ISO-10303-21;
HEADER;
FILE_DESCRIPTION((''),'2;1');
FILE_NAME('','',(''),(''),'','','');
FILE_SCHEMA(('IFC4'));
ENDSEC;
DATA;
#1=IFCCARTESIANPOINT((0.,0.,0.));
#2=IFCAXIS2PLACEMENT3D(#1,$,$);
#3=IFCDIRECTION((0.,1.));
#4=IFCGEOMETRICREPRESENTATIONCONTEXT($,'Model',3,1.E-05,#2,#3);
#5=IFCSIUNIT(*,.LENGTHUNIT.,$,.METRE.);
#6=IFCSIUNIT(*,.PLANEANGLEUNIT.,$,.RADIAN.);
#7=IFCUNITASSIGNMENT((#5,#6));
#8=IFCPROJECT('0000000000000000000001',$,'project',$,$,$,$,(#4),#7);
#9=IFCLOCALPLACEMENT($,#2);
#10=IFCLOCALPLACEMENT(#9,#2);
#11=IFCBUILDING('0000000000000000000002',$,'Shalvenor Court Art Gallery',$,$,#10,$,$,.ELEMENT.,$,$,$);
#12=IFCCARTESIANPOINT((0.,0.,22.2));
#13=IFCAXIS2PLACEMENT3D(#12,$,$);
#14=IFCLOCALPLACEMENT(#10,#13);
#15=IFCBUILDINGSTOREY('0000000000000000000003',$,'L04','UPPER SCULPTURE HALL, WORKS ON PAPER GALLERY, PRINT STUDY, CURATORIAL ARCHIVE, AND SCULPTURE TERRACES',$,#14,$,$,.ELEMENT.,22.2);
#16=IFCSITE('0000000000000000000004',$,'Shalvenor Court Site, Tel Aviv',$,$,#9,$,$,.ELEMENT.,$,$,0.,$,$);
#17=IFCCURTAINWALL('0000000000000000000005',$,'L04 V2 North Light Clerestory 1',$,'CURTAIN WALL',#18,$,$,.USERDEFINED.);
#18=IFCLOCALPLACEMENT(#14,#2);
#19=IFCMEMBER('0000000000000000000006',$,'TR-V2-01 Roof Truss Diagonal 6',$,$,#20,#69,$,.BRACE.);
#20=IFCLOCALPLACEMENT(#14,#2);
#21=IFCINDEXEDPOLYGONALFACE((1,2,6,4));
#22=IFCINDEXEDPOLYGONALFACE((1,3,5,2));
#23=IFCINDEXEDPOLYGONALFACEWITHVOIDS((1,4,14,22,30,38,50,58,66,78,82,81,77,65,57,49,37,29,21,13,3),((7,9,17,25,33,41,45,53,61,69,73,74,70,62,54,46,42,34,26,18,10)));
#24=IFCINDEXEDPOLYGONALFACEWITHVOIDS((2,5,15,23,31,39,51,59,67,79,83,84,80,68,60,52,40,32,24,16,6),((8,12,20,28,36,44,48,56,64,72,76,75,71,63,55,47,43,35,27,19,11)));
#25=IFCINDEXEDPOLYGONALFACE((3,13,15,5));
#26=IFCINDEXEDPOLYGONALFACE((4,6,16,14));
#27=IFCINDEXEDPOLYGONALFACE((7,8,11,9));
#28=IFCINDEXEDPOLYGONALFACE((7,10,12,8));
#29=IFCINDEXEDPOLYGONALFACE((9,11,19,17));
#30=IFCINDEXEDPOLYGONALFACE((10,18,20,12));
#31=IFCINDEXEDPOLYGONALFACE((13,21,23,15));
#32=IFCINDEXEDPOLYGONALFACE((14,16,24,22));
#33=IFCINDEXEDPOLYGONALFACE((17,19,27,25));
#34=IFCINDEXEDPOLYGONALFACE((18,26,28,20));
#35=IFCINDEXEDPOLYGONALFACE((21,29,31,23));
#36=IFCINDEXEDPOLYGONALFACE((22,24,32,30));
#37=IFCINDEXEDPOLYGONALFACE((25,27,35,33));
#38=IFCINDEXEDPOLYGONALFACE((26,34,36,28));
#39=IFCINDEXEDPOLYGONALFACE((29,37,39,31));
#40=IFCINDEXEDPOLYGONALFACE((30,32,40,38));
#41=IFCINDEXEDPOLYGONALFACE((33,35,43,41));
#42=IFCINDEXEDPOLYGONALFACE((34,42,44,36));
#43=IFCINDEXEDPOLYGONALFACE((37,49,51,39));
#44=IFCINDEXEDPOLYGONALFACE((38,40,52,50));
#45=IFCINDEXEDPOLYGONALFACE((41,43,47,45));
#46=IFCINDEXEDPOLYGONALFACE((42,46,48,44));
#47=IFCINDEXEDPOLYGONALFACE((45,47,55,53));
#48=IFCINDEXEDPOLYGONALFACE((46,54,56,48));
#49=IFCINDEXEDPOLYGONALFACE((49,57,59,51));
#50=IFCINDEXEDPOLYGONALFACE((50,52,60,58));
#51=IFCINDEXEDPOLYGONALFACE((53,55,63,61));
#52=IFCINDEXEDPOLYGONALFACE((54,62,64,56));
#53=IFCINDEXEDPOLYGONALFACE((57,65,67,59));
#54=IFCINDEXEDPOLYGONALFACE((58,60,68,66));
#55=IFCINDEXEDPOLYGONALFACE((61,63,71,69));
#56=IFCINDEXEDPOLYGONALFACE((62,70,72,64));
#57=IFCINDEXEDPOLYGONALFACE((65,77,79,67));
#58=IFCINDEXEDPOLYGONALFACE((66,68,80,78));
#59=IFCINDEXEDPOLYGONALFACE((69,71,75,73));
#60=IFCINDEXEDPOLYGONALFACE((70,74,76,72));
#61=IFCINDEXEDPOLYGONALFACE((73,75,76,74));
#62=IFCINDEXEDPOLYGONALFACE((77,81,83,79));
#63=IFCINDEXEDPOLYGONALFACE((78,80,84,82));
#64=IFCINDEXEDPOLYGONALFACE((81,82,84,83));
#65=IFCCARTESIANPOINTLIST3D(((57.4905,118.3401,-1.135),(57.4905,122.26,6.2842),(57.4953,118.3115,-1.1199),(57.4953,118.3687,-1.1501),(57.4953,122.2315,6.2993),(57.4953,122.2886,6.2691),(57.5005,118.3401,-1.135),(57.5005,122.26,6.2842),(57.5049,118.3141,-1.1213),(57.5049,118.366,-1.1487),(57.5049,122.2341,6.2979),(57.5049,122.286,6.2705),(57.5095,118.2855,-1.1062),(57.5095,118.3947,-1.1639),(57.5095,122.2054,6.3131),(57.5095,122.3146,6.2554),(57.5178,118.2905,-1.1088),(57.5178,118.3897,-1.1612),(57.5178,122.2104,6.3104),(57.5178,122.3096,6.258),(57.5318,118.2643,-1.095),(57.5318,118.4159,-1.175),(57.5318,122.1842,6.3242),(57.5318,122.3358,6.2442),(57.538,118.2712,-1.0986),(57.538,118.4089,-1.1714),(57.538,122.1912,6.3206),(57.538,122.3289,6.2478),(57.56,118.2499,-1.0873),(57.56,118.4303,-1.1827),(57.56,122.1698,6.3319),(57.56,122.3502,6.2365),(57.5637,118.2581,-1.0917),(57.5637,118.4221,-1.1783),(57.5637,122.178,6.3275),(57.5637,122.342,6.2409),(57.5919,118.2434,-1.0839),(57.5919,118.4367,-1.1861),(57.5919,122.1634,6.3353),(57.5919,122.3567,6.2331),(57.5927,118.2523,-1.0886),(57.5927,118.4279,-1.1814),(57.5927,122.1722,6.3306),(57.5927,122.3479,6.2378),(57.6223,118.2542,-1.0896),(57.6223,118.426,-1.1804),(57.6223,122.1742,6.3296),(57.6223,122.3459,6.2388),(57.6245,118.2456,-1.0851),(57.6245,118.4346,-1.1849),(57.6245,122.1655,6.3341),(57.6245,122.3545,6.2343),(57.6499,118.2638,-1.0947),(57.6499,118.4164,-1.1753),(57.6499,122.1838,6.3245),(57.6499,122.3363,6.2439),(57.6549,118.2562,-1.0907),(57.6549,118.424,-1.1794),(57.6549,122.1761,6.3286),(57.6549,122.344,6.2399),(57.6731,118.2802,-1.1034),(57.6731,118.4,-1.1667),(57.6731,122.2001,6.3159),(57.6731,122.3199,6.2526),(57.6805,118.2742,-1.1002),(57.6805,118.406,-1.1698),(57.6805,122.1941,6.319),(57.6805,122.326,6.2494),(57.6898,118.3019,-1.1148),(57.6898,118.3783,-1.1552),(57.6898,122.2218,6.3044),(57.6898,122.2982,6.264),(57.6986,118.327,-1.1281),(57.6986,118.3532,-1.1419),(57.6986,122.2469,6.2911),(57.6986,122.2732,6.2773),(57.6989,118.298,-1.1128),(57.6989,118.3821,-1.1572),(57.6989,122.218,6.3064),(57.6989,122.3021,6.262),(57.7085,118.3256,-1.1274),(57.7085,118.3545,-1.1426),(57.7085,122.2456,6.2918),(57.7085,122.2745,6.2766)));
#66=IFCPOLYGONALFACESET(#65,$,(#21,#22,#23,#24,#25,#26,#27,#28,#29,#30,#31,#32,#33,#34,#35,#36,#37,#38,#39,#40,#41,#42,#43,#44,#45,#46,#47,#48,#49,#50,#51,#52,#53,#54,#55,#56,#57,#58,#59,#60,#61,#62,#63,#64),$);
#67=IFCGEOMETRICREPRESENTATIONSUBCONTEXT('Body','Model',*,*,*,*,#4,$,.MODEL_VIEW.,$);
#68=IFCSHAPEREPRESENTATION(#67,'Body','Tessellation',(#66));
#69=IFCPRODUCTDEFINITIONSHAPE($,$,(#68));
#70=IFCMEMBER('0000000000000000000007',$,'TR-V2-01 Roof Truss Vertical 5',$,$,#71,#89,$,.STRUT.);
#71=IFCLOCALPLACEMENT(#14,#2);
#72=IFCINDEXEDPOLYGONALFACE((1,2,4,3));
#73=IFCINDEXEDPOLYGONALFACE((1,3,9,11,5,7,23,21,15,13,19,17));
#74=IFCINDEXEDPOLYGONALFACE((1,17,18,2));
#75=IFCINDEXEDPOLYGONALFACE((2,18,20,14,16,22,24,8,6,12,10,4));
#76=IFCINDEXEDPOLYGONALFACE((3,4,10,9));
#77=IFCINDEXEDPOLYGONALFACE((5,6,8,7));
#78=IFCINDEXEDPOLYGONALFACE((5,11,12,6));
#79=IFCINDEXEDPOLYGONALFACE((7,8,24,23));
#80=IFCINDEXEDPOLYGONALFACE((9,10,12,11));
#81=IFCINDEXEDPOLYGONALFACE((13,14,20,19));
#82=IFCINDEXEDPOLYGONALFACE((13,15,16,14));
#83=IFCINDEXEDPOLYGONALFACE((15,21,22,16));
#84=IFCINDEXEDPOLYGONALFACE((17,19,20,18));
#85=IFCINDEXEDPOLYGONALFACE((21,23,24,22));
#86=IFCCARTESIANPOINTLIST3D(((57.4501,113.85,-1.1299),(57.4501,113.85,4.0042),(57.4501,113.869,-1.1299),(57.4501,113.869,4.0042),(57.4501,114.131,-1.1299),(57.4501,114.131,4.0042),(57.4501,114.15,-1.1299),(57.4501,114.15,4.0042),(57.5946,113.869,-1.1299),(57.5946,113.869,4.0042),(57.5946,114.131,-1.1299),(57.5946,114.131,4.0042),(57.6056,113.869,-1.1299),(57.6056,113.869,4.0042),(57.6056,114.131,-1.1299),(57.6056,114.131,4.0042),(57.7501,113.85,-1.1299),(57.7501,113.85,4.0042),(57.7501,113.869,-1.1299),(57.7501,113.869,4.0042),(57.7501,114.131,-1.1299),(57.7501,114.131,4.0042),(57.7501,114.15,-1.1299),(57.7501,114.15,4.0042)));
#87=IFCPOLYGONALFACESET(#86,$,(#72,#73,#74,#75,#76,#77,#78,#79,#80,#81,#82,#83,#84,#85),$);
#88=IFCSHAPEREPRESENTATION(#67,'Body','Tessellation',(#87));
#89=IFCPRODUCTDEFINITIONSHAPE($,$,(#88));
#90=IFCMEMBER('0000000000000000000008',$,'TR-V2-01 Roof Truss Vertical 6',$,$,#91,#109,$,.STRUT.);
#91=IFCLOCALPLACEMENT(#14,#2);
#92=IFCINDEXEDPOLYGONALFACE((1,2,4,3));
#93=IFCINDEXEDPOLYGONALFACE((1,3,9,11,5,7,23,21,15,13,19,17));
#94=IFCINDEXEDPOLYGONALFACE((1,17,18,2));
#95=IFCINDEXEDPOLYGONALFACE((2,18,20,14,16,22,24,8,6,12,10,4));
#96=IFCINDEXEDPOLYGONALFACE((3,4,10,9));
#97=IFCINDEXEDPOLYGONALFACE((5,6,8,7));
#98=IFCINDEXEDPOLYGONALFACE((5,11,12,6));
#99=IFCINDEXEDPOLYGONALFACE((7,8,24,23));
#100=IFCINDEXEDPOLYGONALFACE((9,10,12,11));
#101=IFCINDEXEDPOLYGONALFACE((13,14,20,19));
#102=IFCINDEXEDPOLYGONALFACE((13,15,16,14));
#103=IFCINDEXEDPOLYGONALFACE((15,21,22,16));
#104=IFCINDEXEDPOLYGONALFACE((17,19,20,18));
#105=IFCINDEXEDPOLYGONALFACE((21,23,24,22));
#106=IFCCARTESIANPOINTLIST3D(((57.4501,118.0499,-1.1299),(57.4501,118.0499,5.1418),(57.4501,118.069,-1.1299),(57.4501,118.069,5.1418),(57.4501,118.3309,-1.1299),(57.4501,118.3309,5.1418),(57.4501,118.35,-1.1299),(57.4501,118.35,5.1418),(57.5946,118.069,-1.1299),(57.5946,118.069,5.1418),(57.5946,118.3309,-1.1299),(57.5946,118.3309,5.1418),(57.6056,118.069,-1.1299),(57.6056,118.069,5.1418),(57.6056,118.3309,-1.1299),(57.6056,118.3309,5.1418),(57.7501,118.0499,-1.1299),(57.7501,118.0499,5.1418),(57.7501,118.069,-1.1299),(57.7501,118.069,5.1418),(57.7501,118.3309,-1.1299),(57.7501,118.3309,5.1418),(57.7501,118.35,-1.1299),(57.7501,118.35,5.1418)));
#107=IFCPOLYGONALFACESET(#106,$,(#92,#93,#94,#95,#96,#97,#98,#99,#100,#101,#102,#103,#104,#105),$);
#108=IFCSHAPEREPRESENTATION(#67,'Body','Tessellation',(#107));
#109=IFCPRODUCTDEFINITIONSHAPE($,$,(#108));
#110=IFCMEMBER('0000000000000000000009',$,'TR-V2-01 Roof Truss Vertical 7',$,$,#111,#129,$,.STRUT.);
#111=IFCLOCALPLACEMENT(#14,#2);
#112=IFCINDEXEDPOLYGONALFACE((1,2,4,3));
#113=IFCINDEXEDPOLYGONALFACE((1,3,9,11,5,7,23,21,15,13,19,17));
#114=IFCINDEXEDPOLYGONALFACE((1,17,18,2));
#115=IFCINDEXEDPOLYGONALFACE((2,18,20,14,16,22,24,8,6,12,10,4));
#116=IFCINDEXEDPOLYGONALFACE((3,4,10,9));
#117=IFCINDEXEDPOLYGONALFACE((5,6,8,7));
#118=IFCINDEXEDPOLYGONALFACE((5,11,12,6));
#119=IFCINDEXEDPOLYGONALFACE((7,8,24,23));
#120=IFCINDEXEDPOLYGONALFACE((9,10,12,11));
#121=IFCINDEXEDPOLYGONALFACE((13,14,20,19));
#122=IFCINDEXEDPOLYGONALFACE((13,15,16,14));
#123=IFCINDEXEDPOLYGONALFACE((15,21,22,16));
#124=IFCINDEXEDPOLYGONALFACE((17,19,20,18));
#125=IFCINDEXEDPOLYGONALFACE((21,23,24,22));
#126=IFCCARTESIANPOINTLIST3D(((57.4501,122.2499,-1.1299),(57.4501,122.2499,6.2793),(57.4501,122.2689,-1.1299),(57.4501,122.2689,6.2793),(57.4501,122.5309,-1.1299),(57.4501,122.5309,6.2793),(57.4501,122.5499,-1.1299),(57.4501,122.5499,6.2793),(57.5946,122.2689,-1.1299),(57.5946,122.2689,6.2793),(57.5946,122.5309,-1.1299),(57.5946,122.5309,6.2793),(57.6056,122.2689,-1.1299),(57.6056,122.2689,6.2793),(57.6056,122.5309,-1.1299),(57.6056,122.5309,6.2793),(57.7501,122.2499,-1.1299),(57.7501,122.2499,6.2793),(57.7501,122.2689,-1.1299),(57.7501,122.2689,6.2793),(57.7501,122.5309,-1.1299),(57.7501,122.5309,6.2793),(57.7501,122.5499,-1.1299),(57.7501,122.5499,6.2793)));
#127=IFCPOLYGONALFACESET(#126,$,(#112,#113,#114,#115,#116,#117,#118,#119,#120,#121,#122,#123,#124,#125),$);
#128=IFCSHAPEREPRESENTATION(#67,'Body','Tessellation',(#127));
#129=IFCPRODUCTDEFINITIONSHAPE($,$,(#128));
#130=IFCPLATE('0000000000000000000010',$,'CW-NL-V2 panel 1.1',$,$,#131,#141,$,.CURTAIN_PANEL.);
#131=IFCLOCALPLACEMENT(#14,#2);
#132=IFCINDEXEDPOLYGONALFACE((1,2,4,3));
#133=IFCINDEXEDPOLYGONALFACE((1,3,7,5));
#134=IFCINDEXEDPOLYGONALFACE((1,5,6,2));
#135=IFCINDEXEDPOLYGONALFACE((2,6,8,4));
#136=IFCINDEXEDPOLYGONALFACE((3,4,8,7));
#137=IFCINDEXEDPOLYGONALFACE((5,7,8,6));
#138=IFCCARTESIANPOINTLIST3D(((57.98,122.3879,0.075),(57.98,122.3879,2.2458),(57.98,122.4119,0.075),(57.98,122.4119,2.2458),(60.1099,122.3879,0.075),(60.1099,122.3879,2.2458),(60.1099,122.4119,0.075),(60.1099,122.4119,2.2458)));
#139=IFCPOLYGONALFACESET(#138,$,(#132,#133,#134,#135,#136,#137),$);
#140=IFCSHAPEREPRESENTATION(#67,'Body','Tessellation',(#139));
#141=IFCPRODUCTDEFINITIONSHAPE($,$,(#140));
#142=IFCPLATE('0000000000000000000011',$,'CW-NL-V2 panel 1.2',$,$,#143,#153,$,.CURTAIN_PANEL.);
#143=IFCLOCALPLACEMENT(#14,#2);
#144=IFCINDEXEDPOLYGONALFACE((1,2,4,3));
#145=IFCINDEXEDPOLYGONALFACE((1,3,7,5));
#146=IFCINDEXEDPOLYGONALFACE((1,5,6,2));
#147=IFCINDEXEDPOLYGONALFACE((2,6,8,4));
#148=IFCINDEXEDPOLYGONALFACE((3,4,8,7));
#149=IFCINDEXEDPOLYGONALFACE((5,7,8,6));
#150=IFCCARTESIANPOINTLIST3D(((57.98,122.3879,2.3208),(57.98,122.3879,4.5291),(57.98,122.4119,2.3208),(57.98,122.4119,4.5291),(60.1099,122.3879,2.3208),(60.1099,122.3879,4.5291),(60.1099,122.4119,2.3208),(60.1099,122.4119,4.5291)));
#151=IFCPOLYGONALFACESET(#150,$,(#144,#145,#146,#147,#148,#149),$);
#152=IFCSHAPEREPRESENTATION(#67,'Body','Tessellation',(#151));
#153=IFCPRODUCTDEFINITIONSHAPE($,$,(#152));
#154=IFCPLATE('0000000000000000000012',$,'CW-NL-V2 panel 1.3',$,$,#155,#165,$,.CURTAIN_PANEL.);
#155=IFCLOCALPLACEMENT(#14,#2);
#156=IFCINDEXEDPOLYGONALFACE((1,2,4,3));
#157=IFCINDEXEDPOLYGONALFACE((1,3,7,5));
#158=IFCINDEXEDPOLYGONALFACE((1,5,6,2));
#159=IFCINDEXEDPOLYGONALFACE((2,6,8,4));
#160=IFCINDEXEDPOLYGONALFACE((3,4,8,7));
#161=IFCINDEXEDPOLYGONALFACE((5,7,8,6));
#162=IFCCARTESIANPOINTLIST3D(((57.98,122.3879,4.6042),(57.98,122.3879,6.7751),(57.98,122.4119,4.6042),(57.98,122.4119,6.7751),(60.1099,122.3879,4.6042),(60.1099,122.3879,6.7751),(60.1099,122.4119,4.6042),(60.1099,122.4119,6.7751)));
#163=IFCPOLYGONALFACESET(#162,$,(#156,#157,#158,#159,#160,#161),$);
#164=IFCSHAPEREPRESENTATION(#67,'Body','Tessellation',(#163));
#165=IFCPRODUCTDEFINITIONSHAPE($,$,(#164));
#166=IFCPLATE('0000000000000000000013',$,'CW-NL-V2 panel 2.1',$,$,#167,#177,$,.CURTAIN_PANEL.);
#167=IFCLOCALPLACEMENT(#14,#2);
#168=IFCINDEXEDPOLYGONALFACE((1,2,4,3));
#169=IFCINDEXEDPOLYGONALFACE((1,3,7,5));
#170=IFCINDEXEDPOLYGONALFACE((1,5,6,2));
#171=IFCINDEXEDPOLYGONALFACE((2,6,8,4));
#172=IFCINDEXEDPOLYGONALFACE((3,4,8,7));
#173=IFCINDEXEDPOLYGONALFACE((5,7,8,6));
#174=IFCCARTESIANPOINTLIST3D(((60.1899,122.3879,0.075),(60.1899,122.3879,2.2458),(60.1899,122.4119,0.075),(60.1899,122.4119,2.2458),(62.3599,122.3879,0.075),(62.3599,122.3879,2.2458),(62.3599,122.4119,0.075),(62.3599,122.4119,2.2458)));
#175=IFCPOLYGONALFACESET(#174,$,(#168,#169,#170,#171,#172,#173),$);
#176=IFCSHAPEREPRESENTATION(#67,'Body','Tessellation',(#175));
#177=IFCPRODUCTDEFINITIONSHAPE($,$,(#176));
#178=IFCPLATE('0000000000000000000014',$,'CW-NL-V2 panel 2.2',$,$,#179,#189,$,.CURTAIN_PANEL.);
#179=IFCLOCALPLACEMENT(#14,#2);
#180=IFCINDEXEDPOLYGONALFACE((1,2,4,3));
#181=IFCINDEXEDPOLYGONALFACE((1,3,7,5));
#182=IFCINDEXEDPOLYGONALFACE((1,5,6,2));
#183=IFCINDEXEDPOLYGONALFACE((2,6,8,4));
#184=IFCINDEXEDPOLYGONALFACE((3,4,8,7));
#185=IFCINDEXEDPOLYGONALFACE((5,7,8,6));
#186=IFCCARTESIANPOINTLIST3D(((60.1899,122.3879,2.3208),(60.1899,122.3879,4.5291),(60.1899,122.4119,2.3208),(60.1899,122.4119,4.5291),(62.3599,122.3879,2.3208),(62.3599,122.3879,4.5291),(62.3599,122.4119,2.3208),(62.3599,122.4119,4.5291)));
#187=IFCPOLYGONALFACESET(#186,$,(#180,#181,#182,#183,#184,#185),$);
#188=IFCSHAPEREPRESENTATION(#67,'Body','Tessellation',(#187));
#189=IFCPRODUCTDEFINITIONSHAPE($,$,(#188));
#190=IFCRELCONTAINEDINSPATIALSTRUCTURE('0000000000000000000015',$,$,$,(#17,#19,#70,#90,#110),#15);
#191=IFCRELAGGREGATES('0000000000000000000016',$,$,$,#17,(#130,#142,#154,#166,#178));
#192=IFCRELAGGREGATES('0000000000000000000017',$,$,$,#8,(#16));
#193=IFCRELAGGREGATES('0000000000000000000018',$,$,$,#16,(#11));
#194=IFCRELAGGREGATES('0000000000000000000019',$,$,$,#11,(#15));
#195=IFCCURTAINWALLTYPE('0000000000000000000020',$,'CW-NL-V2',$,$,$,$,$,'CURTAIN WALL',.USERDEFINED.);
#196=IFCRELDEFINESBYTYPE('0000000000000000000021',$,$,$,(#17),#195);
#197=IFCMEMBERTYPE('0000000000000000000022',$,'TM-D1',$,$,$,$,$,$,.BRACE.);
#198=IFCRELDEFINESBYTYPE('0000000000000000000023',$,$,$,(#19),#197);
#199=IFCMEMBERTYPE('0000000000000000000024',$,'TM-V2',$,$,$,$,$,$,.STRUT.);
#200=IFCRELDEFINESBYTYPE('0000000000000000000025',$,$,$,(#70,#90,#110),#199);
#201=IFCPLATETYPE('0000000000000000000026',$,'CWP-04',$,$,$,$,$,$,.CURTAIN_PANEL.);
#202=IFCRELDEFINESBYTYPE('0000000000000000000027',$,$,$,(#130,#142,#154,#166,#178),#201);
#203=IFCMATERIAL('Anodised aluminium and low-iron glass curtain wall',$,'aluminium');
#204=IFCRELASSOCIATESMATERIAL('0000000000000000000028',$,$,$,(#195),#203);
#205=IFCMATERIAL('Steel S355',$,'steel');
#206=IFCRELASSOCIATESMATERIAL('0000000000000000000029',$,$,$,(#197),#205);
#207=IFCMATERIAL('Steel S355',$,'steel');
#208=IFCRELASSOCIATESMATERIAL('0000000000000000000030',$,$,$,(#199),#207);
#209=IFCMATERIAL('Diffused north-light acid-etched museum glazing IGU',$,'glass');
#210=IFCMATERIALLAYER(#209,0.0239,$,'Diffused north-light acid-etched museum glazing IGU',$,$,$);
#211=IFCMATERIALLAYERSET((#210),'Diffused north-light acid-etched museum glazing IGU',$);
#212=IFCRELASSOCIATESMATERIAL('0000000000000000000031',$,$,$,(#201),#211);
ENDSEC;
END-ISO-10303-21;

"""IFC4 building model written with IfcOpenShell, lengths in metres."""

from ifc_helpers import new_model, si_unit, direction, frame, origin, origin_2d, place, context, subcontext, project, spatial, rectangle, hollow_circle, i_section, extrude, material, layer, layer_set, material_profile, profile_set, type_object, element, aggregate, save


model = new_model("IFC4")

# Units and contexts
model_context = context("Model", 3, precision=1e-05, world=origin(), true_north=direction((0.0, 1.0)))
body_context = subcontext(model_context, "Body", "Model", "MODEL_VIEW")
ifc_project = project(units=[si_unit("LENGTHUNIT", "METRE"), si_unit("PLANEANGLEUNIT", "RADIAN")], contexts=[model_context])

# Site, building, storey
site_placement = place(None, origin())
site = spatial("IfcSite", under=ifc_project, at=site_placement, Name="Shalvenor Court Site, Tel Aviv", CompositionType="ELEMENT", RefElevation=0.0)
building_placement = place(site_placement, origin())
building = spatial("IfcBuilding", under=site, at=building_placement, Name="Shalvenor Court Art Gallery", CompositionType="ELEMENT")
storey_placement = place(building_placement, frame((0.0, 0.0, 22.2)))
storey = spatial("IfcBuildingStorey", under=building, at=storey_placement, Name="L04", Description="UPPER SCULPTURE HALL, WORKS ON PAPER GALLERY, PRINT STUDY, CURATORIAL ARCHIVE, AND SCULPTURE TERRACES", CompositionType="ELEMENT", Elevation=22.2)

# Curtain wall
ifc_material_1 = material(Name="Anodised aluminium and low-iron glass curtain wall", Category="aluminium")
curtain_wall_type = type_object("IfcCurtainWallType", Name="CW-NL-V2", ElementType="CURTAIN WALL", PredefinedType="USERDEFINED", material=ifc_material_1)
curtain_wall_placement = place(storey_placement, origin())
curtain_wall = element("IfcCurtainWall", 1, at=curtain_wall_placement, inside=storey, type_object=curtain_wall_type, Name="L04 V2 North Light Clerestory 1", ObjectType="CURTAIN WALL", PredefinedType="USERDEFINED")

# Members
ifc_material_2 = material(Name="Steel S355", Category="steel")
ifc_material_profile_1 = material_profile(ifc_material_2, hollow_circle(Radius=0.1096, WallThickness=0.01, at=origin_2d()), Name="CHS 219.1x10.0")
ifc_profile_set_1 = profile_set([ifc_material_profile_1], Name="Steel S355")
member_type_1 = type_object("IfcMemberType", Name="TM-D1", PredefinedType="BRACE", material=ifc_profile_set_1)
member_1_placement = place(storey_placement, frame((57.6001, 118.3401, -1.135), z_axis=(0.0, 0.467154, 0.884176), x_axis=(-1.0, 0.0, 0.0)))
element("IfcMember", 2, at=member_1_placement, inside=storey, type_object=member_type_1, Name="TR-V2-01 Roof Truss Diagonal 6", PredefinedType="BRACE", context=body_context, shape_type="SweptSolid", body=[
    extrude(hollow_circle(Radius=0.1096, WallThickness=0.01, at=origin_2d()), origin(), (0.0, 0.0, 1.0), 8.3911),
])
ifc_material_3 = material(Name="Steel S355", Category="steel")
ifc_material_profile_2 = material_profile(ifc_material_3, i_section(OverallWidth=0.3, OverallDepth=0.3, WebThickness=0.011, FlangeThickness=0.019, at=origin_2d()), Name="HEB 300")
ifc_profile_set_2 = profile_set([ifc_material_profile_2], Name="Steel S355")
member_type_2 = type_object("IfcMemberType", Name="TM-V2", PredefinedType="STRUT", material=ifc_profile_set_2)
member_2_placement = place(storey_placement, frame((57.6001, 114.0, -1.1299), z_axis=(0.0, 0.0, 1.0), x_axis=(1.0, 0.0, 0.0)))
element("IfcMember", 3, at=member_2_placement, inside=storey, type_object=member_type_2, Name="TR-V2-01 Roof Truss Vertical 5", PredefinedType="STRUT", context=body_context, shape_type="SweptSolid", body=[
    extrude(i_section(OverallWidth=0.3, OverallDepth=0.3, WebThickness=0.011, FlangeThickness=0.019, at=origin_2d()), origin(), (0.0, 0.0, 1.0), 5.134),
])
member_3_placement = place(storey_placement, frame((57.6001, 118.2, -1.1299), z_axis=(0.0, 0.0, 1.0), x_axis=(1.0, 0.0, 0.0)))
element("IfcMember", 4, at=member_3_placement, inside=storey, type_object=member_type_2, Name="TR-V2-01 Roof Truss Vertical 6", PredefinedType="STRUT", context=body_context, shape_type="SweptSolid", body=[
    extrude(i_section(OverallWidth=0.3, OverallDepth=0.3, WebThickness=0.011, FlangeThickness=0.019, at=origin_2d()), origin(), (0.0, 0.0, 1.0), 6.2717),
])
member_4_placement = place(storey_placement, frame((57.6001, 122.3999, -1.1299), z_axis=(0.0, 0.0, 1.0), x_axis=(1.0, 0.0, 0.0)))
element("IfcMember", 5, at=member_4_placement, inside=storey, type_object=member_type_2, Name="TR-V2-01 Roof Truss Vertical 7", PredefinedType="STRUT", context=body_context, shape_type="SweptSolid", body=[
    extrude(i_section(OverallWidth=0.3, OverallDepth=0.3, WebThickness=0.011, FlangeThickness=0.019, at=origin_2d()), origin(), (0.0, 0.0, 1.0), 7.4092),
])

# Plates
ifc_material_4 = material(Name="Diffused north-light acid-etched museum glazing IGU", Category="glass")
ifc_layer_1 = layer(ifc_material_4, 0.0239, Name="Diffused north-light acid-etched museum glazing IGU")
ifc_layer_set_1 = layer_set([ifc_layer_1], Name="Diffused north-light acid-etched museum glazing IGU")
plate_type_1 = type_object("IfcPlateType", Name="CWP-04", PredefinedType="CURTAIN_PANEL", material=ifc_layer_set_1)
plate_1_placement = place(storey_placement, frame((59.0449, 122.3999, 0.075), z_axis=(0.0, 0.0, 1.0), x_axis=(1.0, 0.0, 0.0)))
plate_1 = element("IfcPlate", 6, at=plate_1_placement, type_object=plate_type_1, Name="CW-NL-V2 panel 1.1", PredefinedType="CURTAIN_PANEL", context=body_context, shape_type="SweptSolid", body=[
    extrude(rectangle(XDim=2.1299, YDim=0.0239, at=origin_2d()), origin(), (0.0, 0.0, 1.0), 2.1709),
])
plate_2_placement = place(storey_placement, frame((59.0449, 122.3999, 2.3208), z_axis=(0.0, 0.0, 1.0), x_axis=(1.0, 0.0, 0.0)))
plate_2 = element("IfcPlate", 7, at=plate_2_placement, type_object=plate_type_1, Name="CW-NL-V2 panel 1.2", PredefinedType="CURTAIN_PANEL", context=body_context, shape_type="SweptSolid", body=[
    extrude(rectangle(XDim=2.1299, YDim=0.0239, at=origin_2d()), origin(), (0.0, 0.0, 1.0), 2.2083),
])
plate_3_placement = place(storey_placement, frame((59.0449, 122.3999, 4.6042), z_axis=(0.0, 0.0, 1.0), x_axis=(1.0, 0.0, 0.0)))
plate_3 = element("IfcPlate", 8, at=plate_3_placement, type_object=plate_type_1, Name="CW-NL-V2 panel 1.3", PredefinedType="CURTAIN_PANEL", context=body_context, shape_type="SweptSolid", body=[
    extrude(rectangle(XDim=2.1299, YDim=0.0239, at=origin_2d()), origin(), (0.0, 0.0, 1.0), 2.1709),
])
plate_4_placement = place(storey_placement, frame((61.2749, 122.3999, 0.075), z_axis=(0.0, 0.0, 1.0), x_axis=(1.0, 0.0, 0.0)))
plate_4 = element("IfcPlate", 9, at=plate_4_placement, type_object=plate_type_1, Name="CW-NL-V2 panel 2.1", PredefinedType="CURTAIN_PANEL", context=body_context, shape_type="SweptSolid", body=[
    extrude(rectangle(XDim=2.1699, YDim=0.0239, at=origin_2d()), origin(), (0.0, 0.0, 1.0), 2.1709),
])
plate_5_placement = place(storey_placement, frame((61.2749, 122.3999, 2.3208), z_axis=(0.0, 0.0, 1.0), x_axis=(1.0, 0.0, 0.0)))
plate_5 = element("IfcPlate", 10, at=plate_5_placement, type_object=plate_type_1, Name="CW-NL-V2 panel 2.2", PredefinedType="CURTAIN_PANEL", context=body_context, shape_type="SweptSolid", body=[
    extrude(rectangle(XDim=2.1699, YDim=0.0239, at=origin_2d()), origin(), (0.0, 0.0, 1.0), 2.2083),
])
aggregate(curtain_wall, [plate_1, plate_2, plate_3, plate_4, plate_5])

save(model, "model.ifc")
